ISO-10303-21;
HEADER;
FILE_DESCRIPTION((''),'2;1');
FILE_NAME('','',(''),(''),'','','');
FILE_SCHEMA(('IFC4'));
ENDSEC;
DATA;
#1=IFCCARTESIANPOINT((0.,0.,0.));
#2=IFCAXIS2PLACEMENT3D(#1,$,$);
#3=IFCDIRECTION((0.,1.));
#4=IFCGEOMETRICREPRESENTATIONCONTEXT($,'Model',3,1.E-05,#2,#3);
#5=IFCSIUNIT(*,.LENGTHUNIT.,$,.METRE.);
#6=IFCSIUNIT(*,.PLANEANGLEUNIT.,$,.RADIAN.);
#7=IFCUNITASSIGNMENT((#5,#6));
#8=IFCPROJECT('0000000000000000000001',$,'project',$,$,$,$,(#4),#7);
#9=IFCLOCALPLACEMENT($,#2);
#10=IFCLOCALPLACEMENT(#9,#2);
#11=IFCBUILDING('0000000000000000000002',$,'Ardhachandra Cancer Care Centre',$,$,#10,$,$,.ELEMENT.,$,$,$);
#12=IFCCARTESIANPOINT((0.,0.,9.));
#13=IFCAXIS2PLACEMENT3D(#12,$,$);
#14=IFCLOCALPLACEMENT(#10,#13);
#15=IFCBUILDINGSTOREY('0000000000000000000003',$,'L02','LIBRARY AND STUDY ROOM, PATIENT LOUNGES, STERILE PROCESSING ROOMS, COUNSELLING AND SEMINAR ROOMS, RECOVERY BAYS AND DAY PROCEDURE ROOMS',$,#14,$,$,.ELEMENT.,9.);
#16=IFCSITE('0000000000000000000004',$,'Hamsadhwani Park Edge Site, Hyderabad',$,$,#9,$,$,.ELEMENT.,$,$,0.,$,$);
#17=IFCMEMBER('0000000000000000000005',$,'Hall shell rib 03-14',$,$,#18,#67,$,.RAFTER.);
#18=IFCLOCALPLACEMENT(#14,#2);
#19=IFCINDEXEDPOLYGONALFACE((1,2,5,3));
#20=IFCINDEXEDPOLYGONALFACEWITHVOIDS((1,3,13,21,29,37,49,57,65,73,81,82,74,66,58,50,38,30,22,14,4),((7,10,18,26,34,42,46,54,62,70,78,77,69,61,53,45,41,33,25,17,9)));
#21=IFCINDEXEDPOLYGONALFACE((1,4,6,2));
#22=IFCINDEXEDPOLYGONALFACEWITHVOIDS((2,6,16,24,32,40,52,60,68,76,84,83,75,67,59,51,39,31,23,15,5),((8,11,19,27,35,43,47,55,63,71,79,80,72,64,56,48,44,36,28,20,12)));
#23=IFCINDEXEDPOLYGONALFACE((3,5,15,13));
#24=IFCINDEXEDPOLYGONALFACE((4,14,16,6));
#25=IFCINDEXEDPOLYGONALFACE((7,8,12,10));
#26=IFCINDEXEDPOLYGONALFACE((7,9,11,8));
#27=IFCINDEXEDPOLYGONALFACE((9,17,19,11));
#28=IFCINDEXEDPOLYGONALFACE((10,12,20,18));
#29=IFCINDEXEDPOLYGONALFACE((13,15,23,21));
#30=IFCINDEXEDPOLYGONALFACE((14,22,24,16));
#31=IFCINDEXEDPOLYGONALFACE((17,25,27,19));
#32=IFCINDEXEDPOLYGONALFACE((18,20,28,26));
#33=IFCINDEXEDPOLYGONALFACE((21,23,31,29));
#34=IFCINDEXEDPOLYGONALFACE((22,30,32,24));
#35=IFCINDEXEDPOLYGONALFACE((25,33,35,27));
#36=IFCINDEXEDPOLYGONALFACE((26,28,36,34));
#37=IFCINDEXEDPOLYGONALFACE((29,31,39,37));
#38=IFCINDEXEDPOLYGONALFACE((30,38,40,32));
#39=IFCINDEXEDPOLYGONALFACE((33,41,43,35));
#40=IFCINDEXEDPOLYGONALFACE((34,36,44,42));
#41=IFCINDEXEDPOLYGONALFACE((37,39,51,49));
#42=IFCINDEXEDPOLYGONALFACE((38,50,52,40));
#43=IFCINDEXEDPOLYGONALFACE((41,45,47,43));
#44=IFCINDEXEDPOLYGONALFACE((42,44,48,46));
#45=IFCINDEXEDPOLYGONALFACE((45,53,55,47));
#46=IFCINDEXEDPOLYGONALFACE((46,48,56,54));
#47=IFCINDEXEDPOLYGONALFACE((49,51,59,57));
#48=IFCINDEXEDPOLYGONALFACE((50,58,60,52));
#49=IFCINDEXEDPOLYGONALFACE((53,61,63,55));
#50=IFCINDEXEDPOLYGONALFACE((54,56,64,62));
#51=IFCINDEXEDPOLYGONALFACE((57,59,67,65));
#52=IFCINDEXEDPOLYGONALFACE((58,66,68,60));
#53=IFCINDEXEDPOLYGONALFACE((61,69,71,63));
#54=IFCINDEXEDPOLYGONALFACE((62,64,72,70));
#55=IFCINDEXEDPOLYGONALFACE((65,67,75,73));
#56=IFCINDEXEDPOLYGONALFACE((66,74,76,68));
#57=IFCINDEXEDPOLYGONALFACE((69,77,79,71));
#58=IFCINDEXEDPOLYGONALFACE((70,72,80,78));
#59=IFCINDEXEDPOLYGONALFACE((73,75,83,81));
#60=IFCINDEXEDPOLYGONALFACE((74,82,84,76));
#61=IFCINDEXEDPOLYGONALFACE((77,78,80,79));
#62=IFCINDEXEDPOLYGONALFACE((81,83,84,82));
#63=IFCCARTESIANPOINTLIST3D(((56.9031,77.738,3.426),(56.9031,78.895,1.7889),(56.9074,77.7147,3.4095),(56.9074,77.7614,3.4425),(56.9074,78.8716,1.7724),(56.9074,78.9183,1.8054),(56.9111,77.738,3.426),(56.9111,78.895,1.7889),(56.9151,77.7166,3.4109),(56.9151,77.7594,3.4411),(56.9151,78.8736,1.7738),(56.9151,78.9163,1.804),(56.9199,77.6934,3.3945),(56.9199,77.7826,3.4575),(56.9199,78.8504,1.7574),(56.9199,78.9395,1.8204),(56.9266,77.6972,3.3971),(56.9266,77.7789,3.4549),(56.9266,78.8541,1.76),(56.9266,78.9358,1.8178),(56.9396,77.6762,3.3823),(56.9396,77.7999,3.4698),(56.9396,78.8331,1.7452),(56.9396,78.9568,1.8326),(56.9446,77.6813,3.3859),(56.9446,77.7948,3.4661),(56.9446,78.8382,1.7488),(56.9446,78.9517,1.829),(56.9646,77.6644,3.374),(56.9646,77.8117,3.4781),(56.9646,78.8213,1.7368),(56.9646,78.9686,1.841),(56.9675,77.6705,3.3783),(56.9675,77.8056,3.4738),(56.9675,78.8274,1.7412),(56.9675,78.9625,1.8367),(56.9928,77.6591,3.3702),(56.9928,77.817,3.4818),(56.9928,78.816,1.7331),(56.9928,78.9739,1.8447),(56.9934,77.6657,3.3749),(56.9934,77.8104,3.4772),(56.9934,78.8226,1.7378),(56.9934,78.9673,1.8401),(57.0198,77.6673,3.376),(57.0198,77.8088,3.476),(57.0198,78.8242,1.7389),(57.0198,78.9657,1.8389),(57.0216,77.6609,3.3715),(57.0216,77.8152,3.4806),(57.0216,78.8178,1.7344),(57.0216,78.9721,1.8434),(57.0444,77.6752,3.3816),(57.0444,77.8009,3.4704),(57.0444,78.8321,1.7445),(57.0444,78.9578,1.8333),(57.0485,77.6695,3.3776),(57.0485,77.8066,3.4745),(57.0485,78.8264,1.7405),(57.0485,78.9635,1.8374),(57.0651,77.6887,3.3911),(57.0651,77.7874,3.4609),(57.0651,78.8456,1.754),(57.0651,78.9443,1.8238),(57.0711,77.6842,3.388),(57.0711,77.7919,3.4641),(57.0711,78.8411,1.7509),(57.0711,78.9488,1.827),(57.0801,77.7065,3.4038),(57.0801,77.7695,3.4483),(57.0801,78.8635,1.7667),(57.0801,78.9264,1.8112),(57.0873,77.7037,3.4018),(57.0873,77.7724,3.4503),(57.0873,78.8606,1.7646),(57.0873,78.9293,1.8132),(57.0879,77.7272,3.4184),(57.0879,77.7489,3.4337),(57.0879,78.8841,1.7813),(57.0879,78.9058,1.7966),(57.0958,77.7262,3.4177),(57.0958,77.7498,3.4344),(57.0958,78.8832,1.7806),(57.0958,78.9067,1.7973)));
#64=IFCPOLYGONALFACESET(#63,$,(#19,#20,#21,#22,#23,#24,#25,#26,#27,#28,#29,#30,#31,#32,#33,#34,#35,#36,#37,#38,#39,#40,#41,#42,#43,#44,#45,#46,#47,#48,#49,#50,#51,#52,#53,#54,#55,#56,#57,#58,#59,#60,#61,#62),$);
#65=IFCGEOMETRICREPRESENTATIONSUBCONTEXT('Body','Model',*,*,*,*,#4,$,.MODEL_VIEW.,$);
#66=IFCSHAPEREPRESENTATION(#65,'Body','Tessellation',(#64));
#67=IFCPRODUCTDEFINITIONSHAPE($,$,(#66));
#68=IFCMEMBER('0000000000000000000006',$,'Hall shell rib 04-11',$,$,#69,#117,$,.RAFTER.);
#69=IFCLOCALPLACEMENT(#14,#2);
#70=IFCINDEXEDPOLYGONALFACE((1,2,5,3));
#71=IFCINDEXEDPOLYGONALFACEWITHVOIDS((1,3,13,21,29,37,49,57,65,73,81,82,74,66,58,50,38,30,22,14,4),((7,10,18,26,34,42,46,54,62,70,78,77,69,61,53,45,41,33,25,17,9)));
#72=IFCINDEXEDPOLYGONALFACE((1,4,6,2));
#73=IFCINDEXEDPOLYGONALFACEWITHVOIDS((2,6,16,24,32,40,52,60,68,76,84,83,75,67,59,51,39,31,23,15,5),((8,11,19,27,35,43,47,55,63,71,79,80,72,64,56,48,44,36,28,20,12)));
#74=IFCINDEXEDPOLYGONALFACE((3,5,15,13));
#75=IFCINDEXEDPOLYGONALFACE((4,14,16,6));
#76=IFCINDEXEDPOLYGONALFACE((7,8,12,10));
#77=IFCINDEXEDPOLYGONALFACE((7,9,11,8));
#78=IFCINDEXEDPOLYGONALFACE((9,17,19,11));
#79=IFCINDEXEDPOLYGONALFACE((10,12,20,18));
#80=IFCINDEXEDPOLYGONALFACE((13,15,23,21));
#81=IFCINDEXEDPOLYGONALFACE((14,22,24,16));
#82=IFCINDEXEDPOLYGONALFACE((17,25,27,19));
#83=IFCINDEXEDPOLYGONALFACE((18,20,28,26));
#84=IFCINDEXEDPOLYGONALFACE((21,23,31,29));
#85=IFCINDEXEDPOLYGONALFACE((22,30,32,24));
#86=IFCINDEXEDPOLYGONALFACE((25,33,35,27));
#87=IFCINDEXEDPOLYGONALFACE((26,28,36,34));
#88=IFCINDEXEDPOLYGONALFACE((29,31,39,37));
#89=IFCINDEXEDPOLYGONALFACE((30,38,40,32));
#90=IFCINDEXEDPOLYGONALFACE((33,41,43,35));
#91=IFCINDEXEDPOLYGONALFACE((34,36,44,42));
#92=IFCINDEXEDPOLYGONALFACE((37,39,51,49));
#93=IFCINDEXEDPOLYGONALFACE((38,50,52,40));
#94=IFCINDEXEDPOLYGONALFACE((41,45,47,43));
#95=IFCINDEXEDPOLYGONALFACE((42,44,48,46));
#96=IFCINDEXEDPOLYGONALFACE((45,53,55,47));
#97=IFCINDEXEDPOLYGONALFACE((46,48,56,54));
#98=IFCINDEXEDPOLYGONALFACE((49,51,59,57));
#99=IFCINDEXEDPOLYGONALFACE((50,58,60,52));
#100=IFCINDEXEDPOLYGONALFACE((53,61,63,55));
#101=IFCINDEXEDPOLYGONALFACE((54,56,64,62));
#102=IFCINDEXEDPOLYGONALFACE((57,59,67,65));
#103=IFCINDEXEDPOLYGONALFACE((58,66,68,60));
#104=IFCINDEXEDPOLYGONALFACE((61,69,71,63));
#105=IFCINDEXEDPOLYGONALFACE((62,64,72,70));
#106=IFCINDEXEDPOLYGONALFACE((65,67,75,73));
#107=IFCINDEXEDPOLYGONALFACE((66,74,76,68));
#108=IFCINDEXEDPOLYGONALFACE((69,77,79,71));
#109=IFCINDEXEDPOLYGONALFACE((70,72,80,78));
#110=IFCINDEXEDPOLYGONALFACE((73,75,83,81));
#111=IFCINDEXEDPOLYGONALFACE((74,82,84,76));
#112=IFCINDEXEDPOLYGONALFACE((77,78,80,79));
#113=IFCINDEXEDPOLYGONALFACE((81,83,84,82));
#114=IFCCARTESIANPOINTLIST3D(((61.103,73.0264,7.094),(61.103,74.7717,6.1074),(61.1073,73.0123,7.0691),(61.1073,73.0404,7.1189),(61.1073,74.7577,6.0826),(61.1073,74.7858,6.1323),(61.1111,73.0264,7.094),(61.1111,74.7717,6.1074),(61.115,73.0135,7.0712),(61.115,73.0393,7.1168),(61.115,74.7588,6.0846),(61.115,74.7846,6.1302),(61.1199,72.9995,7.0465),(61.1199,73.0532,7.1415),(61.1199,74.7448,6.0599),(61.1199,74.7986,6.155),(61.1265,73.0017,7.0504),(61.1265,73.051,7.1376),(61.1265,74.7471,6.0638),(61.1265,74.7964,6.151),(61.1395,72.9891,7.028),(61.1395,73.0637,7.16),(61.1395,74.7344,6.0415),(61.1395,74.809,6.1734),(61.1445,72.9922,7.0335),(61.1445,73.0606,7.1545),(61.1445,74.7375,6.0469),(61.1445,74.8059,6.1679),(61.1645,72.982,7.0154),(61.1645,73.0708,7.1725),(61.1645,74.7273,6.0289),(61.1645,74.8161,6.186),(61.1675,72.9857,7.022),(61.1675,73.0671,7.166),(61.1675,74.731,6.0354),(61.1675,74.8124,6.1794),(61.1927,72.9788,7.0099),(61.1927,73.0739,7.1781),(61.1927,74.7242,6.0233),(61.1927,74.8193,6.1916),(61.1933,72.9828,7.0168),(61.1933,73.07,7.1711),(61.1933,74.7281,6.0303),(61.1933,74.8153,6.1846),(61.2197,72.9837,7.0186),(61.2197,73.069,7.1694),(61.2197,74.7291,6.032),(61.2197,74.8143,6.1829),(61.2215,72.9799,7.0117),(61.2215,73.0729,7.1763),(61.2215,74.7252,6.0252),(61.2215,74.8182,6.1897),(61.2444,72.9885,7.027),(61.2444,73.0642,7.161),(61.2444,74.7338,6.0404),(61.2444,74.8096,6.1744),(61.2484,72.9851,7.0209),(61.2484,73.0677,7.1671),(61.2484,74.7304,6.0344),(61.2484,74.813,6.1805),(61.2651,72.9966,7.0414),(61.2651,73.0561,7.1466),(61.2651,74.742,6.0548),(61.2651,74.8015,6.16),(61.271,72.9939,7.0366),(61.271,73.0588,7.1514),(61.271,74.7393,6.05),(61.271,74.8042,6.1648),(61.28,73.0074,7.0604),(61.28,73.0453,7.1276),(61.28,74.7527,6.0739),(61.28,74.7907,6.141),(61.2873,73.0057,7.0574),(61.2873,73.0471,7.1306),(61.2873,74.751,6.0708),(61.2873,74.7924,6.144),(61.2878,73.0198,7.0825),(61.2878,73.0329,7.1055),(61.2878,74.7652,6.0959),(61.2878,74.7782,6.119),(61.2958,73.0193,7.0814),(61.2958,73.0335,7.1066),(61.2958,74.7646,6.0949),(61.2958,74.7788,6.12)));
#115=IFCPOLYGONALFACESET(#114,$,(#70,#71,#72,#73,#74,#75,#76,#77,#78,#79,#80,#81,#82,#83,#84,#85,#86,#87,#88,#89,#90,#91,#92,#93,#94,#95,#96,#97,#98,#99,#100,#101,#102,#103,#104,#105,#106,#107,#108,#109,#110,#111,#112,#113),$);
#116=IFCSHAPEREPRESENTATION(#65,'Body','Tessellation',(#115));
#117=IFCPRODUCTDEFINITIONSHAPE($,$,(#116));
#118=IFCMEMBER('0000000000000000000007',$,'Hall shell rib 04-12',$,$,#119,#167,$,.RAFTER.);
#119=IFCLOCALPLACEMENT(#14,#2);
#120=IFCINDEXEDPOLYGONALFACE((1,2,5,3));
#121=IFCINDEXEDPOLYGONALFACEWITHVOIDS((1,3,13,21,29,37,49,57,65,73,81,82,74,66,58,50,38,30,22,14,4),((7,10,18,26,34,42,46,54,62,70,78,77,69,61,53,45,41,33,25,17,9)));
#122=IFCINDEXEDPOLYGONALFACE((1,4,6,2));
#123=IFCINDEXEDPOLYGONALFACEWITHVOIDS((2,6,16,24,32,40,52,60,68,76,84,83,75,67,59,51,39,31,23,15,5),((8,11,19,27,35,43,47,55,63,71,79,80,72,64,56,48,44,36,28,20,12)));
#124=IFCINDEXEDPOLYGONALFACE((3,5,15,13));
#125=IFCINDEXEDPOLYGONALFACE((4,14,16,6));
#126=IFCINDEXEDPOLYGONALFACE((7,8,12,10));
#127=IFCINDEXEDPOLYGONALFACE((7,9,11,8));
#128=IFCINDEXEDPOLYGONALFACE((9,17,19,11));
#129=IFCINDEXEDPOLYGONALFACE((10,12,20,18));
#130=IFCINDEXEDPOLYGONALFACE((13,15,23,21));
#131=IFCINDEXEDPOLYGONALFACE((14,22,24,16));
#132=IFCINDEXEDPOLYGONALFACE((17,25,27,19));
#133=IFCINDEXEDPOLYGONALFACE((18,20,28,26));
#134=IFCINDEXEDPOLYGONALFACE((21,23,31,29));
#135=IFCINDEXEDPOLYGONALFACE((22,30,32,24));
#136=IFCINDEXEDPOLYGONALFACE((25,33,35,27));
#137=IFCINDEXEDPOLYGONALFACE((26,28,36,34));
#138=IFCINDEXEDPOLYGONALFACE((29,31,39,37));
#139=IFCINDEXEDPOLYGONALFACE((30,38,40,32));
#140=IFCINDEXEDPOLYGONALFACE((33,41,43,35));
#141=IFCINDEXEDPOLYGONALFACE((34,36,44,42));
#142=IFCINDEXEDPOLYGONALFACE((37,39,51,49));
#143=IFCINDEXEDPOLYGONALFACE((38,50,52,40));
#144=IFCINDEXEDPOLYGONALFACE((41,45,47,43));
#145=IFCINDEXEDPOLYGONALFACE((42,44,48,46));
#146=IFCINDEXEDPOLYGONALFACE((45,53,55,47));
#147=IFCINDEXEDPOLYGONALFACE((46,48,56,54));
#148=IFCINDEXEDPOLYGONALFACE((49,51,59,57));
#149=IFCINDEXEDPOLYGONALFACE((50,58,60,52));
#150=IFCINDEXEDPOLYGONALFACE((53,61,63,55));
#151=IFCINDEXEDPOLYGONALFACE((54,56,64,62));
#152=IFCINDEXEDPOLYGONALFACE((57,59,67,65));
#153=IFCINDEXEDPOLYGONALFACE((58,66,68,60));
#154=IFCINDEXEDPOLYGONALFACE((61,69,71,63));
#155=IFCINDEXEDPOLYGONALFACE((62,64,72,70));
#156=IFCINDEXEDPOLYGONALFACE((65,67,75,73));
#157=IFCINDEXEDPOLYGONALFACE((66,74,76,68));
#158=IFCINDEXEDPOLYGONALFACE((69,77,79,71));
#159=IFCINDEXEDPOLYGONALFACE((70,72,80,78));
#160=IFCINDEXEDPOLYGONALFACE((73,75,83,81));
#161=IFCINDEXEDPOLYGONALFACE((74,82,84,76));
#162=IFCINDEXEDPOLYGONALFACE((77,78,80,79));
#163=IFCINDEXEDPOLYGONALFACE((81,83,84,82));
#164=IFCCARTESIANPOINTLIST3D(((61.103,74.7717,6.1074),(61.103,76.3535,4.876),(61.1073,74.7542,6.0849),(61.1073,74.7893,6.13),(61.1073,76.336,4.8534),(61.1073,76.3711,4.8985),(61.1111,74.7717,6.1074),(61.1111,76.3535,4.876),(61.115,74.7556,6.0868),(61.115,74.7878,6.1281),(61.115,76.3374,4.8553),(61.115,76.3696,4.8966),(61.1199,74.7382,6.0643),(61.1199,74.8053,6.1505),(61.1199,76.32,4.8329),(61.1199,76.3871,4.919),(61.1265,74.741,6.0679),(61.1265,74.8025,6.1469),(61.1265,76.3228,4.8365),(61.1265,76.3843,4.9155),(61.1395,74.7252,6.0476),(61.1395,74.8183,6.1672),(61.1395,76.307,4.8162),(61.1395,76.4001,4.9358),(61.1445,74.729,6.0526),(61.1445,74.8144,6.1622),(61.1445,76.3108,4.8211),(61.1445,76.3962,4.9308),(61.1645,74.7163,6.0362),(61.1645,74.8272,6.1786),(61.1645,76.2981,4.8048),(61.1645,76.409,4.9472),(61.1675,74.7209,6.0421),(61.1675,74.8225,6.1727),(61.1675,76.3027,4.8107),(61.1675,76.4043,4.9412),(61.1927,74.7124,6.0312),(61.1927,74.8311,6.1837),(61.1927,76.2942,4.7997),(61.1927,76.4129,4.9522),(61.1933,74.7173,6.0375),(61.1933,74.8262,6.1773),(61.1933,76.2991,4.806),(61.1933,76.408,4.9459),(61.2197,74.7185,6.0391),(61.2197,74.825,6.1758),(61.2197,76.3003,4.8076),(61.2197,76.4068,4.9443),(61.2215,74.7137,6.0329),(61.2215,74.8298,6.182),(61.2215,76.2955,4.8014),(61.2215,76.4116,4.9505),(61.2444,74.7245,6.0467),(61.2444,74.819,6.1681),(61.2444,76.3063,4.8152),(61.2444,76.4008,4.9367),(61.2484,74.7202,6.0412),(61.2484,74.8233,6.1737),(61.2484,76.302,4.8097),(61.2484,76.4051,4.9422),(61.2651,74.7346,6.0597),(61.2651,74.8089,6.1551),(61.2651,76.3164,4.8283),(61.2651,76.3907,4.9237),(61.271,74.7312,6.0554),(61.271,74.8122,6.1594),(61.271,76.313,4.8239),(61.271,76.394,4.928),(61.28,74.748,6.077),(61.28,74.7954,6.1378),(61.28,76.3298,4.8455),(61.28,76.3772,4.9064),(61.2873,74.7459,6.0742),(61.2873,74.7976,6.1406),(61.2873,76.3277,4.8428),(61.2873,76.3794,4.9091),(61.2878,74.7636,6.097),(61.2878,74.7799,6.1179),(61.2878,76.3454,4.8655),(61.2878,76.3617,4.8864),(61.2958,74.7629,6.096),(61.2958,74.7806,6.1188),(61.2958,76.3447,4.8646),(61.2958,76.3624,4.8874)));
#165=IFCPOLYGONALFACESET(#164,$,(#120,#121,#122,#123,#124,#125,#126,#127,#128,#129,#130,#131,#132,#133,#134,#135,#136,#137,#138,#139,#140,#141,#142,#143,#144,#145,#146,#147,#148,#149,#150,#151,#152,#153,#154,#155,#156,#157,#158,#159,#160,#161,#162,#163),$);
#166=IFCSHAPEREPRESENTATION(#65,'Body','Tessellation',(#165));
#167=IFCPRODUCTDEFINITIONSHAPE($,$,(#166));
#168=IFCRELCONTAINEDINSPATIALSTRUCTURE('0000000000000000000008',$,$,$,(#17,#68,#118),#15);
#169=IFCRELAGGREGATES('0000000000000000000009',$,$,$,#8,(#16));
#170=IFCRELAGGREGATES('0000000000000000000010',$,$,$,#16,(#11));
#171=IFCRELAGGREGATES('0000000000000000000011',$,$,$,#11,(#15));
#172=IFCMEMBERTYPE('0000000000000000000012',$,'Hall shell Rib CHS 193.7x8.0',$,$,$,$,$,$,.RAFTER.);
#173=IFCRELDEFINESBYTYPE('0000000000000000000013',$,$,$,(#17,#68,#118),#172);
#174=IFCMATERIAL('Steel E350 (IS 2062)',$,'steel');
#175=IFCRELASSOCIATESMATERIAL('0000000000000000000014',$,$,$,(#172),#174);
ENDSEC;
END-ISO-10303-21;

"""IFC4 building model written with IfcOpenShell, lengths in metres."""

from ifc_helpers import new_model, si_unit, direction, frame, origin, origin_2d, place, context, subcontext, project, spatial, hollow_circle, extrude, material, material_profile, profile_set, type_object, element, save


model = new_model("IFC4")

# Units and contexts
model_context = context("Model", 3, precision=1e-05, world=origin(), true_north=direction((0.0, 1.0)))
body_context = subcontext(model_context, "Body", "Model", "MODEL_VIEW")
ifc_project = project(units=[si_unit("LENGTHUNIT", "METRE"), si_unit("PLANEANGLEUNIT", "RADIAN")], contexts=[model_context])

# Site, building, storey
site_placement = place(None, origin())
site = spatial("IfcSite", under=ifc_project, at=site_placement, Name="Hamsadhwani Park Edge Site, Hyderabad", CompositionType="ELEMENT", RefElevation=0.0)
building_placement = place(site_placement, origin())
building = spatial("IfcBuilding", under=site, at=building_placement, Name="Ardhachandra Cancer Care Centre", CompositionType="ELEMENT")
storey_placement = place(building_placement, frame((0.0, 0.0, 9.0)))
storey = spatial("IfcBuildingStorey", under=building, at=storey_placement, Name="L02", Description="LIBRARY AND STUDY ROOM, PATIENT LOUNGES, STERILE PROCESSING ROOMS, COUNSELLING AND SEMINAR ROOMS, RECOVERY BAYS AND DAY PROCEDURE ROOMS", CompositionType="ELEMENT", Elevation=9.0)

# Members
ifc_material_1 = material(Name="Steel E350 (IS 2062)", Category="steel")
ifc_material_profile_1 = material_profile(ifc_material_1, hollow_circle(Radius=0.0969, WallThickness=0.0081, at=origin_2d()), Name="CHS 193.7x8.0")
ifc_profile_set_1 = profile_set([ifc_material_profile_1], Name="Steel E350 (IS 2062)")
member_type_1 = type_object("IfcMemberType", Name="Hall shell Rib CHS 193.7x8.0", PredefinedType="RAFTER", material=ifc_profile_set_1)
member_1_placement = place(storey_placement, frame((57.0, 77.738, 3.426), z_axis=(0.0, 0.577118, -0.816661), x_axis=(-1.0, 0.0, 0.0)))
element("IfcMember", 1, at=member_1_placement, inside=storey, type_object=member_type_1, Name="Hall shell rib 03-14", PredefinedType="RAFTER", context=body_context, shape_type="SweptSolid", body=[
    extrude(hollow_circle(Radius=0.0969, WallThickness=0.0081, at=origin_2d()), origin(), (0.0, 0.0, 1.0), 2.0046),
])
member_2_placement = place(storey_placement, frame((61.2, 73.0264, 7.094), z_axis=(0.0, 0.870549, -0.492081), x_axis=(-1.0, 0.0, 0.0)))
element("IfcMember", 2, at=member_2_placement, inside=storey, type_object=member_type_1, Name="Hall shell rib 04-11", PredefinedType="RAFTER", context=body_context, shape_type="SweptSolid", body=[
    extrude(hollow_circle(Radius=0.0969, WallThickness=0.0081, at=origin_2d()), origin(), (0.0, 0.0, 1.0), 2.0049),
])
member_3_placement = place(storey_placement, frame((61.2, 74.7717, 6.1074), z_axis=(0.0, 0.78907, -0.614303), x_axis=(-1.0, 0.0, 0.0)))
element("IfcMember", 3, at=member_3_placement, inside=storey, type_object=member_type_1, Name="Hall shell rib 04-12", PredefinedType="RAFTER", context=body_context, shape_type="SweptSolid", body=[
    extrude(hollow_circle(Radius=0.0969, WallThickness=0.0081, at=origin_2d()), origin(), (0.0, 0.0, 1.0), 2.0046),
])

save(model, "model.ifc")
